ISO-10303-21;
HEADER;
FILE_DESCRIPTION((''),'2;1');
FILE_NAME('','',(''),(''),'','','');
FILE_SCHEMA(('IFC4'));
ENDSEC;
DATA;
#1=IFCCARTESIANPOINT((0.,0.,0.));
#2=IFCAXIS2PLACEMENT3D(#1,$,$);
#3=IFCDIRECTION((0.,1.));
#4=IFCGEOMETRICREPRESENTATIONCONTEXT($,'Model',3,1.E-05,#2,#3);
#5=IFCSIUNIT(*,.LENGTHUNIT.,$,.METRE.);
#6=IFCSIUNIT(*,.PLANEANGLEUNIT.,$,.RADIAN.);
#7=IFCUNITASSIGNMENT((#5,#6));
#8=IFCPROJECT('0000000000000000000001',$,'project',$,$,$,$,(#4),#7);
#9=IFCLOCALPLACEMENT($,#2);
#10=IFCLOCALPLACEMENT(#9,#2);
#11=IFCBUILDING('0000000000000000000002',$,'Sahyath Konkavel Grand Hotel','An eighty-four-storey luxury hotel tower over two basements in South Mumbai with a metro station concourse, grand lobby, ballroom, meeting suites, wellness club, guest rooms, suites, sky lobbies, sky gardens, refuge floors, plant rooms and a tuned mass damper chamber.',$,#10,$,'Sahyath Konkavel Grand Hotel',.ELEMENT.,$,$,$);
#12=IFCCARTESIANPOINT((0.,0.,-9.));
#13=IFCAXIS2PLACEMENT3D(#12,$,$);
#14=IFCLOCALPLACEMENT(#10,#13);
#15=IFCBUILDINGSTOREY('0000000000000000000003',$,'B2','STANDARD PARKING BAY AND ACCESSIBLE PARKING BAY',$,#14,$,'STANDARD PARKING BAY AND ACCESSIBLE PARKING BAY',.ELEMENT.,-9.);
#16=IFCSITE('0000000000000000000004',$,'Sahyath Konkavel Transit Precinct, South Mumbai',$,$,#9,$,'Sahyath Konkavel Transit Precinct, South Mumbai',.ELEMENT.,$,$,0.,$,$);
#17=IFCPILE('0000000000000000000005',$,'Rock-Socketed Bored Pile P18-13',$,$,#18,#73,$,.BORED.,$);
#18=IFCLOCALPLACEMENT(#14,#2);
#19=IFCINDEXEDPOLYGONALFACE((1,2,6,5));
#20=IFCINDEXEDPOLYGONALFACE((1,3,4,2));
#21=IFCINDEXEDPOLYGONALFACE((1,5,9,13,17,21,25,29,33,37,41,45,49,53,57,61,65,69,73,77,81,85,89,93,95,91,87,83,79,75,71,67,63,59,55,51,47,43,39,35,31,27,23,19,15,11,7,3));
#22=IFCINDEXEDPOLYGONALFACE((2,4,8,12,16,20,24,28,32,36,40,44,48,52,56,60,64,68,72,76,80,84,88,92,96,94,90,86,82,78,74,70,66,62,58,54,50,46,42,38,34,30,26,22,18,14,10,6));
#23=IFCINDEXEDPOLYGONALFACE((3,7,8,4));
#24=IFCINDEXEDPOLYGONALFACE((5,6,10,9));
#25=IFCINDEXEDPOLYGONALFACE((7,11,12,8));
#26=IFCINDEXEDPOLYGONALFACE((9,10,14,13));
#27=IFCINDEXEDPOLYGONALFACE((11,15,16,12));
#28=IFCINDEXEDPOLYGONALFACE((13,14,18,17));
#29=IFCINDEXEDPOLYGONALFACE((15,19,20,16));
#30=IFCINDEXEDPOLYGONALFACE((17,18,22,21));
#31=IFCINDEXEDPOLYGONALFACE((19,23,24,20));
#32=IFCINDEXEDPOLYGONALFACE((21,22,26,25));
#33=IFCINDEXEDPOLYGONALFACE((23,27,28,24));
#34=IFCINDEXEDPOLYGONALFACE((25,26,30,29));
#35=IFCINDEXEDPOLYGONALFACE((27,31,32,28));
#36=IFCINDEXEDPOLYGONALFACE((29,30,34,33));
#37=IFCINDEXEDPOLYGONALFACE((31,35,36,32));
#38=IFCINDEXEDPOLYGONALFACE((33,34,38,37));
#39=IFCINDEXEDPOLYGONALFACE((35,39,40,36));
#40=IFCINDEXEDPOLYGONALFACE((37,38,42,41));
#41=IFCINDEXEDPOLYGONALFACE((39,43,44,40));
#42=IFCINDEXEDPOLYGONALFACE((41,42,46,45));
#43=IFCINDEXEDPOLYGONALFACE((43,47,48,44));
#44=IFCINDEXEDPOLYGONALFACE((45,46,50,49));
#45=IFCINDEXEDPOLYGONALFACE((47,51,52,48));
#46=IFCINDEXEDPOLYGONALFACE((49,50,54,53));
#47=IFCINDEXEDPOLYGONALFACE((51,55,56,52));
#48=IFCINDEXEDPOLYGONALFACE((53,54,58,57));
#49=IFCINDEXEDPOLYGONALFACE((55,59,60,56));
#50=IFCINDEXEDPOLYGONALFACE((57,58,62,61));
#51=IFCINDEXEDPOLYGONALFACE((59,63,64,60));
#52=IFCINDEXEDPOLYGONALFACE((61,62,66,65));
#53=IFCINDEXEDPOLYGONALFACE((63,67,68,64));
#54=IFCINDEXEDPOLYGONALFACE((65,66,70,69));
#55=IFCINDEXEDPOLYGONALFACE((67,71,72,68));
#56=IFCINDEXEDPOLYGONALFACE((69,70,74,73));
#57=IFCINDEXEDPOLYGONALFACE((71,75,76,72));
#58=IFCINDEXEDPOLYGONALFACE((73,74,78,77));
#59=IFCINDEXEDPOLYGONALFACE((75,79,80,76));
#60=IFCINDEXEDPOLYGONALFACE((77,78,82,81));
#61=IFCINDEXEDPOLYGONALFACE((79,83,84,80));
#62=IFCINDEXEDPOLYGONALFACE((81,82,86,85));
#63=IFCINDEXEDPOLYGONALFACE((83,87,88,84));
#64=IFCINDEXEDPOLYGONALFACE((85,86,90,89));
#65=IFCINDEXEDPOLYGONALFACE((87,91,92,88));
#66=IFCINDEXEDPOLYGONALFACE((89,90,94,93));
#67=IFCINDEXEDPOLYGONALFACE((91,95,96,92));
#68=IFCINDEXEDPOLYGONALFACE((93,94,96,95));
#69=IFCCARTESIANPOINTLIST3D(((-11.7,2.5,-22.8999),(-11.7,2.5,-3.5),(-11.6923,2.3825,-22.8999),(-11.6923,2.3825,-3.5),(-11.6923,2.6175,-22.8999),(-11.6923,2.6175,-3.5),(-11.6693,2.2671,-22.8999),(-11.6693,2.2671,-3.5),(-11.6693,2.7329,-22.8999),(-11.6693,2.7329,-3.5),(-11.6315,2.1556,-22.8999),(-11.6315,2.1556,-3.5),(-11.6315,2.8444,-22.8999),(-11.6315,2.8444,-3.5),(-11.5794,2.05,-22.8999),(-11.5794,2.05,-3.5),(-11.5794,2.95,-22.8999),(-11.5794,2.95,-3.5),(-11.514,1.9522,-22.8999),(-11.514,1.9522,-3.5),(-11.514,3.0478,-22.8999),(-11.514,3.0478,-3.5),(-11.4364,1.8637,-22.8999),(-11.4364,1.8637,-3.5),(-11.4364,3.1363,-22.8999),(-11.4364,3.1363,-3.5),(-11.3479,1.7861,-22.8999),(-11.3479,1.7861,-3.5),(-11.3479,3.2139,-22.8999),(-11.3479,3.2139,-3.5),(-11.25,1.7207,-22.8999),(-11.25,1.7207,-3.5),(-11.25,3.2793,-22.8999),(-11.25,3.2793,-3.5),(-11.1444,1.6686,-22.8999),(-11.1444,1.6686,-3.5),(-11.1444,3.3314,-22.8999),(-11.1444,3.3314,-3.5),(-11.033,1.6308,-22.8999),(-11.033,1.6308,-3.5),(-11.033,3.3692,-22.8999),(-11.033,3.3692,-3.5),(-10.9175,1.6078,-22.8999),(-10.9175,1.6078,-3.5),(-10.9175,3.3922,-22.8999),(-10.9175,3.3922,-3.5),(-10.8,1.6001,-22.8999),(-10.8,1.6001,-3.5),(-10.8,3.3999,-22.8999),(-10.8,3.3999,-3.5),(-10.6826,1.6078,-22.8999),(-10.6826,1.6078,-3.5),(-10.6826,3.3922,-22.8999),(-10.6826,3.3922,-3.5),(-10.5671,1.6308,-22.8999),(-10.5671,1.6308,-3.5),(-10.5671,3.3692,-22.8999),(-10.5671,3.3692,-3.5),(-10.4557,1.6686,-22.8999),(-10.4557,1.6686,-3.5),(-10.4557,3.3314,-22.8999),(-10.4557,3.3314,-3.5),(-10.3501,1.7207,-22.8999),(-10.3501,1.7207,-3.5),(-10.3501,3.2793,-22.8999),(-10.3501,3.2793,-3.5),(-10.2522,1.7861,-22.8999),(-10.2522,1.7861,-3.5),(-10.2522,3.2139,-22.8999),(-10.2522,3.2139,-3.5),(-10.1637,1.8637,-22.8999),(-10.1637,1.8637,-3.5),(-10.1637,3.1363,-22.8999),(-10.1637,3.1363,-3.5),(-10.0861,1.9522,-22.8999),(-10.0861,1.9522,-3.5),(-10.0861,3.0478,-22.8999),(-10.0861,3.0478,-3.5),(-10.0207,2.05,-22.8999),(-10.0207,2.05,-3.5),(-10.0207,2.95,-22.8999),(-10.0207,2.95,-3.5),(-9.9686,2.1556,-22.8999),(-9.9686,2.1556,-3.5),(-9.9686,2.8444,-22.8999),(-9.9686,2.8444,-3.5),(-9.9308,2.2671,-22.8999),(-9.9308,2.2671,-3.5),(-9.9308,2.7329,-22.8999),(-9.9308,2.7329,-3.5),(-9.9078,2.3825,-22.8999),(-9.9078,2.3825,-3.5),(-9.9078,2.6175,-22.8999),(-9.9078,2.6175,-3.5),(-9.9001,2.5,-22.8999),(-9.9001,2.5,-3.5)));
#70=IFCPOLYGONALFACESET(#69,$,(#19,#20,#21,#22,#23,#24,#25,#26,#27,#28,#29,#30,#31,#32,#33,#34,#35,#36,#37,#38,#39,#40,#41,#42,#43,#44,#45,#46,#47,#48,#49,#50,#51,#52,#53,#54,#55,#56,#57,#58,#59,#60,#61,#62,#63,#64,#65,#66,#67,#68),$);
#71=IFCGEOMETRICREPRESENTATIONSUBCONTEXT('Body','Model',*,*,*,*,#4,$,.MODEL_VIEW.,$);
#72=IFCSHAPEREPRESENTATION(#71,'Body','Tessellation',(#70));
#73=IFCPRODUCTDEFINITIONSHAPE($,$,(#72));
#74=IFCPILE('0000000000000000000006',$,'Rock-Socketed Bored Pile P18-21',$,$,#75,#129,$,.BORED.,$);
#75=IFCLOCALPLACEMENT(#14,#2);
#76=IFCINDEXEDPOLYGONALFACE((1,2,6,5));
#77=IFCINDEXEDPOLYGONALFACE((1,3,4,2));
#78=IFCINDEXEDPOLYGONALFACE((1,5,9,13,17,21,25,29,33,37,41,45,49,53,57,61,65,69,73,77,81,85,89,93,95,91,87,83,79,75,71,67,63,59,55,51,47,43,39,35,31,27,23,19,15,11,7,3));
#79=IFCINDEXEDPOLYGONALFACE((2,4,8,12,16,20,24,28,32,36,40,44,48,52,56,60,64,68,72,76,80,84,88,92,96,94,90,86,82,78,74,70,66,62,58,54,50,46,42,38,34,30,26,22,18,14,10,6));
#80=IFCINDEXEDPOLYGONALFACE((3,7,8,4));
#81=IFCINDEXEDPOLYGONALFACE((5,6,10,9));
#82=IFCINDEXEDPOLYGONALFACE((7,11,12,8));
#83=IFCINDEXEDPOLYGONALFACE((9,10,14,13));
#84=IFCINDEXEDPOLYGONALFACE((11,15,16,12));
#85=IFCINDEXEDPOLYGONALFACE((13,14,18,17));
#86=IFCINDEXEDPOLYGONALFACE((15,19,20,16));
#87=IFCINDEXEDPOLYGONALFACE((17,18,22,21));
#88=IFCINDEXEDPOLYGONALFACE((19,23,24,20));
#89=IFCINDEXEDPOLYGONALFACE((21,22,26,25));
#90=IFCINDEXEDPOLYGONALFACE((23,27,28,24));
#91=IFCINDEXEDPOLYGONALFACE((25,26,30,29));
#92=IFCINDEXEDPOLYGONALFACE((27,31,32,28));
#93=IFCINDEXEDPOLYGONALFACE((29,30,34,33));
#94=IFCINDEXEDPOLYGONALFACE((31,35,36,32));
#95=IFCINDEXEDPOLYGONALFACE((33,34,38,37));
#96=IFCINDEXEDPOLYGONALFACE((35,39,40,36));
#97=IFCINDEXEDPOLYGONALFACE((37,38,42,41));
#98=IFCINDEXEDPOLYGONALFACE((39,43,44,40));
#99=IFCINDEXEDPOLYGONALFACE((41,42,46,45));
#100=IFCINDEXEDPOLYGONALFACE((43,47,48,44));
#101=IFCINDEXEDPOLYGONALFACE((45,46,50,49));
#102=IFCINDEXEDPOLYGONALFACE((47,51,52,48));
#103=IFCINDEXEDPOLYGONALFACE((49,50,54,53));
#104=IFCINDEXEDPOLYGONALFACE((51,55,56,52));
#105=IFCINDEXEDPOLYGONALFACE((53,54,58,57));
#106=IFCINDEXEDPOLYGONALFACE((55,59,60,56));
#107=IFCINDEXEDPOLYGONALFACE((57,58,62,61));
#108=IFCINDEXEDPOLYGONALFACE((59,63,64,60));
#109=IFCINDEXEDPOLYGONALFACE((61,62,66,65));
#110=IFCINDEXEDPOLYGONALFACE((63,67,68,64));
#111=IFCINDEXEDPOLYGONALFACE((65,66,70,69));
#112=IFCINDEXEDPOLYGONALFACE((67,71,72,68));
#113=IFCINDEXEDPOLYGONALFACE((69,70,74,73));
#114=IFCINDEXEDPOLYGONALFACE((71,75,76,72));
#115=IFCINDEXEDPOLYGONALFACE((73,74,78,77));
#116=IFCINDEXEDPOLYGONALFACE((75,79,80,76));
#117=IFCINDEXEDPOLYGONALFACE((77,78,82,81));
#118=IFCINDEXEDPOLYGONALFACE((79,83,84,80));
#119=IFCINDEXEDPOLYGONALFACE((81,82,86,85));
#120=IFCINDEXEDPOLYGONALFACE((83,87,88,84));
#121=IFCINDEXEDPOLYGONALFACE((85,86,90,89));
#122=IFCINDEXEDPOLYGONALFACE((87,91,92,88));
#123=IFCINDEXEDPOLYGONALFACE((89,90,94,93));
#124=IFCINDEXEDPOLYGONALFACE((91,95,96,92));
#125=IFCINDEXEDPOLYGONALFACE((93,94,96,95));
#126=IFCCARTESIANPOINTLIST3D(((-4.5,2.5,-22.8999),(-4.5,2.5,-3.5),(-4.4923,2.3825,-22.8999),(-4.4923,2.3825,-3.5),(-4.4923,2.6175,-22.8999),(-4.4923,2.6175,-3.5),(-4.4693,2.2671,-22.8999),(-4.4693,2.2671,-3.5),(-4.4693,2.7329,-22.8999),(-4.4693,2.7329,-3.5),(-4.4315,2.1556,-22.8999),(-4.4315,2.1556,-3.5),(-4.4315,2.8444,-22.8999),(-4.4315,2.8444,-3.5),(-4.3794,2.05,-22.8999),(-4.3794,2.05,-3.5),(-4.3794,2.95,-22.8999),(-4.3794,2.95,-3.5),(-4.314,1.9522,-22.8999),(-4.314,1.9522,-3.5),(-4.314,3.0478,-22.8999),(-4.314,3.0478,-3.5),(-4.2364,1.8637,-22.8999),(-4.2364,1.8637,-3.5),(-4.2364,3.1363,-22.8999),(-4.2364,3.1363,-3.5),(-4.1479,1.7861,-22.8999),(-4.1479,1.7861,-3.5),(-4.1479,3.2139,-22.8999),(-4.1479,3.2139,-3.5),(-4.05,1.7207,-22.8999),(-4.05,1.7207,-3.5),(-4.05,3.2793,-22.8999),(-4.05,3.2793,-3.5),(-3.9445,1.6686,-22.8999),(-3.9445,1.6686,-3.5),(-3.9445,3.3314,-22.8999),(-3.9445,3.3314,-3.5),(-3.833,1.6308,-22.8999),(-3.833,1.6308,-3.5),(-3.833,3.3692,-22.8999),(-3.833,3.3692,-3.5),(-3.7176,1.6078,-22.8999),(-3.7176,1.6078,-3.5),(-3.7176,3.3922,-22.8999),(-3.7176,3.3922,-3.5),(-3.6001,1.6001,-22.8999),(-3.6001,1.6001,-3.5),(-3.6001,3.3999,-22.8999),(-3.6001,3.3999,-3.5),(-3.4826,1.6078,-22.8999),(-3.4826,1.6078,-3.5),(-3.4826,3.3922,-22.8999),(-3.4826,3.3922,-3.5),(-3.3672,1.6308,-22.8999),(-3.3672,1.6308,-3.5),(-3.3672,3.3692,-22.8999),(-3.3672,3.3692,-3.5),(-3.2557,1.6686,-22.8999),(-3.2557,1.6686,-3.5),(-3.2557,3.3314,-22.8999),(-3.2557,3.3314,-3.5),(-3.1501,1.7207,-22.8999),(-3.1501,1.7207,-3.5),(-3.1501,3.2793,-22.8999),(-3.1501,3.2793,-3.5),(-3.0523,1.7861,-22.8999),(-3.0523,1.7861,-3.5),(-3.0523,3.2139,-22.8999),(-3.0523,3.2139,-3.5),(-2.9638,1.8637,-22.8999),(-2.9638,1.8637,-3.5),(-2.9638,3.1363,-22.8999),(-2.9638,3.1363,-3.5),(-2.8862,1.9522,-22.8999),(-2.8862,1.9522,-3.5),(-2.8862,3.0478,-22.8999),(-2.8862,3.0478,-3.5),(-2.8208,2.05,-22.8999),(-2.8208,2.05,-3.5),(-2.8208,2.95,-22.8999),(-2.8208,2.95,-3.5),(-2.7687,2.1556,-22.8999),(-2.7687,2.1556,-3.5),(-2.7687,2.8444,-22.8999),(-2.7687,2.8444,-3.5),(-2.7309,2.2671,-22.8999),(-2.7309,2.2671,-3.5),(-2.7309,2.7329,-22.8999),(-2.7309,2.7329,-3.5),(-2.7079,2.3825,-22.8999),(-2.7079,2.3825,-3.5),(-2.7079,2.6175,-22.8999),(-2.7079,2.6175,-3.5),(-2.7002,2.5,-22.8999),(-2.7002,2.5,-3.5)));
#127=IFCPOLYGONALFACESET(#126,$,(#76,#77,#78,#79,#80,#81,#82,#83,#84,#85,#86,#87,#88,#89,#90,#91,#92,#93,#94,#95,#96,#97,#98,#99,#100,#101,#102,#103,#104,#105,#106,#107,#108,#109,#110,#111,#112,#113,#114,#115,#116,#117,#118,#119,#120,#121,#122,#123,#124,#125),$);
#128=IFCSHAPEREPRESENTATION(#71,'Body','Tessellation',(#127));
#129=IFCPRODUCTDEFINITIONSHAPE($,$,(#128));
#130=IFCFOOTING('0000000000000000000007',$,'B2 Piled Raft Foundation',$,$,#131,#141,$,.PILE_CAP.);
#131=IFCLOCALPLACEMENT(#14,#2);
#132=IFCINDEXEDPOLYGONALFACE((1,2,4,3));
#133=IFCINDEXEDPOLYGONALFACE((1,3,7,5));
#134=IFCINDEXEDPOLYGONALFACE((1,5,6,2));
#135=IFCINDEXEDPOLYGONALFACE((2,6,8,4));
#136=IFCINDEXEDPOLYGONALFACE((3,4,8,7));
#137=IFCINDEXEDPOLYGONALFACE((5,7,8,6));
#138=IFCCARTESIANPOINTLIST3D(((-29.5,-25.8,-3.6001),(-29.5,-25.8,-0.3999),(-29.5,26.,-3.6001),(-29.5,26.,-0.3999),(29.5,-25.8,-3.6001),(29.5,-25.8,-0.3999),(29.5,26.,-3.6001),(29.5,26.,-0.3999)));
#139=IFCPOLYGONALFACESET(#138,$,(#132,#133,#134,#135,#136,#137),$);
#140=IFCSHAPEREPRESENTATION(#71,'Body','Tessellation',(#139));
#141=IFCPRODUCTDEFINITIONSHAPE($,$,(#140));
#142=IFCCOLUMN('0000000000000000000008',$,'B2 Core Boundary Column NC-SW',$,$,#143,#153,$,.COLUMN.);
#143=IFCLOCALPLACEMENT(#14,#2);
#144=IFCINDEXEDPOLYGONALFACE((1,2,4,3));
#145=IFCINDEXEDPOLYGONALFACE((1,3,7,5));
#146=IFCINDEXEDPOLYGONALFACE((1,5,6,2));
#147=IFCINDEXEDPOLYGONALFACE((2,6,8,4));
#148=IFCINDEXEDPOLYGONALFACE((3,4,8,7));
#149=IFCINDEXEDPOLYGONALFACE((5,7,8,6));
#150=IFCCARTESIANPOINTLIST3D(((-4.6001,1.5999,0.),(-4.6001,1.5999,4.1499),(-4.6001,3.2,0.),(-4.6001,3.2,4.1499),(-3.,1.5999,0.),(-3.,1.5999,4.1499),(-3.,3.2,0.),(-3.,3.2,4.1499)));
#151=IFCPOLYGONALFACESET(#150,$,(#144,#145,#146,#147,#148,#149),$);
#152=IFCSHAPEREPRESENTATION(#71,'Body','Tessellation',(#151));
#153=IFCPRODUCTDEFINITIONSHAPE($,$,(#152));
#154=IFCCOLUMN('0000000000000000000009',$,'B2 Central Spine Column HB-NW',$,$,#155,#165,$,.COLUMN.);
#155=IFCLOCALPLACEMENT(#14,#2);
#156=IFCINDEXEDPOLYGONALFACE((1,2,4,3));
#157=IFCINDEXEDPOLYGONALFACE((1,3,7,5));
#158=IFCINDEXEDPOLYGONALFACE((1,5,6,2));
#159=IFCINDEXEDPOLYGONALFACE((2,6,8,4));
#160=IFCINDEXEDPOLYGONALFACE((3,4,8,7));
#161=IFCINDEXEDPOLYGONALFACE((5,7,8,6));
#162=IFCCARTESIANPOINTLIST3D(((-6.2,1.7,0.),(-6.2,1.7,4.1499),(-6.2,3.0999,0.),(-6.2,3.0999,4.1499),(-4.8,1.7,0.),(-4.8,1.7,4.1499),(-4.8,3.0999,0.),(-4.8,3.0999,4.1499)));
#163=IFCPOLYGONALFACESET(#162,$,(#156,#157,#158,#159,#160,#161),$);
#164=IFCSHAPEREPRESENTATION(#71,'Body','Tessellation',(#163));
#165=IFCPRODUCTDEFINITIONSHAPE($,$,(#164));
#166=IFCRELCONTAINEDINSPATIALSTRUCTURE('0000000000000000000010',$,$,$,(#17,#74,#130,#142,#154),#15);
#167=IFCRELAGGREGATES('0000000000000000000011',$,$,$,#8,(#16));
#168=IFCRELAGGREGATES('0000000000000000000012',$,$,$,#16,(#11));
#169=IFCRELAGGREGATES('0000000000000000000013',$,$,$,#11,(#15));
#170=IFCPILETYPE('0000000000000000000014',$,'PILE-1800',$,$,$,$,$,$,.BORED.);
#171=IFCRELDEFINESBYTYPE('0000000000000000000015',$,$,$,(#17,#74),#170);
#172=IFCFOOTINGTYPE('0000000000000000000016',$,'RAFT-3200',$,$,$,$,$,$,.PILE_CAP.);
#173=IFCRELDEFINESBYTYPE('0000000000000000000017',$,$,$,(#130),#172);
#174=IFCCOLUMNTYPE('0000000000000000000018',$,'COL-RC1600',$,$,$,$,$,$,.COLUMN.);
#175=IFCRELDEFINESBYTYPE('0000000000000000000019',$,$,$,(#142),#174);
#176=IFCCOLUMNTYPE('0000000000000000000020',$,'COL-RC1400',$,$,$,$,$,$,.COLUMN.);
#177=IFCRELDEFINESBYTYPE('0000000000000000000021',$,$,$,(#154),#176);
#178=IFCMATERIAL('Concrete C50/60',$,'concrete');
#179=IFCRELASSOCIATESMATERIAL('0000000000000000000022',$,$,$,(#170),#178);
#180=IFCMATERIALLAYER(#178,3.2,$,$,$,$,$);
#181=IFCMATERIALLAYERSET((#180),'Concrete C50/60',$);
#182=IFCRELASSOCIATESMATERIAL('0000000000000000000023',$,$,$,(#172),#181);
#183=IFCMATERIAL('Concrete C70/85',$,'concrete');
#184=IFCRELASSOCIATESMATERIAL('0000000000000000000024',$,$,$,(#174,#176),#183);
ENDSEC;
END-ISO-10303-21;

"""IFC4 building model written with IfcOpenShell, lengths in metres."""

from ifc_helpers import new_model, si_unit, direction, frame, origin, origin_2d, place, context, subcontext, project, spatial, polyline, rectangle, circle, outline, extrude, source, transform, mapped, material, layer, layer_set, material_profile, profile_set, type_object, element, save


model = new_model("IFC4")

# Units and contexts
model_context = context("Model", 3, precision=1e-05, world=origin(), true_north=direction((0.0, 1.0)))
body_context = subcontext(model_context, "Body", "Model", "MODEL_VIEW")
ifc_project = project(units=[si_unit("LENGTHUNIT", "METRE"), si_unit("PLANEANGLEUNIT", "RADIAN")], contexts=[model_context])

# Site, building, storey
site_placement = place(None, origin())
site = spatial("IfcSite", under=ifc_project, at=site_placement, Name="Sahyath Konkavel Transit Precinct, South Mumbai", LongName="Sahyath Konkavel Transit Precinct, South Mumbai", CompositionType="ELEMENT", RefElevation=0.0)
building_placement = place(site_placement, origin())
building = spatial("IfcBuilding", under=site, at=building_placement, Name="Sahyath Konkavel Grand Hotel", Description="An eighty-four-storey luxury hotel tower over two basements in South Mumbai with a metro station concourse, grand lobby, ballroom, meeting suites, wellness club, guest rooms, suites, sky lobbies, sky gardens, refuge floors, plant rooms and a tuned mass damper chamber.", LongName="Sahyath Konkavel Grand Hotel", CompositionType="ELEMENT")
storey_placement = place(building_placement, frame((0.0, 0.0, -9.0)))
storey = spatial("IfcBuildingStorey", under=building, at=storey_placement, Name="B2", Description="STANDARD PARKING BAY AND ACCESSIBLE PARKING BAY", LongName="STANDARD PARKING BAY AND ACCESSIBLE PARKING BAY", CompositionType="ELEMENT", Elevation=-9.0)

# Piles
ifc_material_1 = material(Name="Concrete C50/60", Category="concrete")
ifc_material_profile_1 = material_profile(ifc_material_1, circle(Radius=0.8999, at=origin_2d()), Name="PILE D1800")
ifc_profile_set_1 = profile_set([ifc_material_profile_1], Name="Concrete C50/60")
pile_type = type_object("IfcPileType", Name="PILE-1800", PredefinedType="BORED", material=ifc_profile_set_1)
for number, where, z_axis, x_axis, name in (
    (1, (-10.8, 2.5, -3.5), (0.0, 0.0, -1.0), (1.0, 0.0, 0.0), "Rock-Socketed Bored Pile P18-13"),
    (2, (-3.6001, 2.5, -3.5), (0.0, 0.0, -1.0), (1.0, 0.0, 0.0), "Rock-Socketed Bored Pile P18-21"),
):
    element("IfcPile", number, at=place(storey_placement, frame(where, z_axis=z_axis, x_axis=x_axis)), inside=storey, type_object=pile_type, Name=name, PredefinedType="BORED", context=body_context, shape_type="SweptSolid", body=[
        extrude(circle(Radius=0.8999, at=origin_2d()), origin(), (0.0, 0.0, 1.0), 19.3999),
    ])

# Footing
ifc_layer_1 = layer(ifc_material_1, 3.2)
ifc_layer_set_1 = layer_set([ifc_layer_1], Name="Concrete C50/60")
footing_type = type_object("IfcFootingType", Name="RAFT-3200", PredefinedType="PILE_CAP", material=ifc_layer_set_1)
footing_placement = place(storey_placement, frame((0.0, 0.0, -3.6001)))
element("IfcFooting", 3, at=footing_placement, inside=storey, type_object=footing_type, Name="B2 Piled Raft Foundation", PredefinedType="PILE_CAP", context=body_context, shape_type="SweptSolid", body=[
    extrude(outline(polyline([(-29.5, -25.8), (29.5, -25.8), (29.5, 26.0), (-29.5, 26.0), (-29.5, -25.8)])), origin(), (0.0, 0.0, 1.0), 3.2002),
])

# Columns
ifc_material_2 = material(Name="Concrete C70/85", Category="concrete")
ifc_material_profile_2 = material_profile(ifc_material_2, rectangle(XDim=1.6001, YDim=1.6001, at=origin_2d()), Name="RC 1600x1600")
ifc_profile_set_2 = profile_set([ifc_material_profile_2], Name="Concrete C70/85")
column_type_1 = type_object("IfcColumnType", Name="COL-RC1600", PredefinedType="COLUMN", material=ifc_profile_set_2)
shared_shape_1 = source(origin(), body_context, "Body", "SweptSolid", [
    extrude(rectangle(XDim=1.6001, YDim=1.6001, at=origin_2d()), origin(), (0.0, 0.0, 1.0), 4.1499),
])
column_1_placement = place(storey_placement, frame((-3.8, 2.3999, 0.0), z_axis=(0.0, 0.0, 1.0), x_axis=(1.0, 0.0, 0.0)))
element("IfcColumn", 4, at=column_1_placement, inside=storey, type_object=column_type_1, Name="B2 Core Boundary Column NC-SW", PredefinedType="COLUMN", context=body_context, shape_type="MappedRepresentation", body=[
    mapped(shared_shape_1, transform((0.0, 0.0, 0.0), scale=1.0)),
])
ifc_material_profile_3 = material_profile(ifc_material_2, rectangle(XDim=1.3999, YDim=1.3999, at=origin_2d()), Name="RC 1400x1400")
ifc_profile_set_3 = profile_set([ifc_material_profile_3], Name="Concrete C70/85")
column_type_2 = type_object("IfcColumnType", Name="COL-RC1400", PredefinedType="COLUMN", material=ifc_profile_set_3)
shared_shape_2 = source(origin(), body_context, "Body", "SweptSolid", [
    extrude(rectangle(XDim=1.3999, YDim=1.3999, at=origin_2d()), origin(), (0.0, 0.0, 1.0), 4.1499),
])
column_2_placement = place(storey_placement, frame((-5.5, 2.3999, 0.0), z_axis=(0.0, 0.0, 1.0), x_axis=(1.0, 0.0, 0.0)))
element("IfcColumn", 5, at=column_2_placement, inside=storey, type_object=column_type_2, Name="B2 Central Spine Column HB-NW", PredefinedType="COLUMN", context=body_context, shape_type="MappedRepresentation", body=[
    mapped(shared_shape_2, transform((0.0, 0.0, 0.0), scale=1.0)),
])

save(model, "model.ifc")
